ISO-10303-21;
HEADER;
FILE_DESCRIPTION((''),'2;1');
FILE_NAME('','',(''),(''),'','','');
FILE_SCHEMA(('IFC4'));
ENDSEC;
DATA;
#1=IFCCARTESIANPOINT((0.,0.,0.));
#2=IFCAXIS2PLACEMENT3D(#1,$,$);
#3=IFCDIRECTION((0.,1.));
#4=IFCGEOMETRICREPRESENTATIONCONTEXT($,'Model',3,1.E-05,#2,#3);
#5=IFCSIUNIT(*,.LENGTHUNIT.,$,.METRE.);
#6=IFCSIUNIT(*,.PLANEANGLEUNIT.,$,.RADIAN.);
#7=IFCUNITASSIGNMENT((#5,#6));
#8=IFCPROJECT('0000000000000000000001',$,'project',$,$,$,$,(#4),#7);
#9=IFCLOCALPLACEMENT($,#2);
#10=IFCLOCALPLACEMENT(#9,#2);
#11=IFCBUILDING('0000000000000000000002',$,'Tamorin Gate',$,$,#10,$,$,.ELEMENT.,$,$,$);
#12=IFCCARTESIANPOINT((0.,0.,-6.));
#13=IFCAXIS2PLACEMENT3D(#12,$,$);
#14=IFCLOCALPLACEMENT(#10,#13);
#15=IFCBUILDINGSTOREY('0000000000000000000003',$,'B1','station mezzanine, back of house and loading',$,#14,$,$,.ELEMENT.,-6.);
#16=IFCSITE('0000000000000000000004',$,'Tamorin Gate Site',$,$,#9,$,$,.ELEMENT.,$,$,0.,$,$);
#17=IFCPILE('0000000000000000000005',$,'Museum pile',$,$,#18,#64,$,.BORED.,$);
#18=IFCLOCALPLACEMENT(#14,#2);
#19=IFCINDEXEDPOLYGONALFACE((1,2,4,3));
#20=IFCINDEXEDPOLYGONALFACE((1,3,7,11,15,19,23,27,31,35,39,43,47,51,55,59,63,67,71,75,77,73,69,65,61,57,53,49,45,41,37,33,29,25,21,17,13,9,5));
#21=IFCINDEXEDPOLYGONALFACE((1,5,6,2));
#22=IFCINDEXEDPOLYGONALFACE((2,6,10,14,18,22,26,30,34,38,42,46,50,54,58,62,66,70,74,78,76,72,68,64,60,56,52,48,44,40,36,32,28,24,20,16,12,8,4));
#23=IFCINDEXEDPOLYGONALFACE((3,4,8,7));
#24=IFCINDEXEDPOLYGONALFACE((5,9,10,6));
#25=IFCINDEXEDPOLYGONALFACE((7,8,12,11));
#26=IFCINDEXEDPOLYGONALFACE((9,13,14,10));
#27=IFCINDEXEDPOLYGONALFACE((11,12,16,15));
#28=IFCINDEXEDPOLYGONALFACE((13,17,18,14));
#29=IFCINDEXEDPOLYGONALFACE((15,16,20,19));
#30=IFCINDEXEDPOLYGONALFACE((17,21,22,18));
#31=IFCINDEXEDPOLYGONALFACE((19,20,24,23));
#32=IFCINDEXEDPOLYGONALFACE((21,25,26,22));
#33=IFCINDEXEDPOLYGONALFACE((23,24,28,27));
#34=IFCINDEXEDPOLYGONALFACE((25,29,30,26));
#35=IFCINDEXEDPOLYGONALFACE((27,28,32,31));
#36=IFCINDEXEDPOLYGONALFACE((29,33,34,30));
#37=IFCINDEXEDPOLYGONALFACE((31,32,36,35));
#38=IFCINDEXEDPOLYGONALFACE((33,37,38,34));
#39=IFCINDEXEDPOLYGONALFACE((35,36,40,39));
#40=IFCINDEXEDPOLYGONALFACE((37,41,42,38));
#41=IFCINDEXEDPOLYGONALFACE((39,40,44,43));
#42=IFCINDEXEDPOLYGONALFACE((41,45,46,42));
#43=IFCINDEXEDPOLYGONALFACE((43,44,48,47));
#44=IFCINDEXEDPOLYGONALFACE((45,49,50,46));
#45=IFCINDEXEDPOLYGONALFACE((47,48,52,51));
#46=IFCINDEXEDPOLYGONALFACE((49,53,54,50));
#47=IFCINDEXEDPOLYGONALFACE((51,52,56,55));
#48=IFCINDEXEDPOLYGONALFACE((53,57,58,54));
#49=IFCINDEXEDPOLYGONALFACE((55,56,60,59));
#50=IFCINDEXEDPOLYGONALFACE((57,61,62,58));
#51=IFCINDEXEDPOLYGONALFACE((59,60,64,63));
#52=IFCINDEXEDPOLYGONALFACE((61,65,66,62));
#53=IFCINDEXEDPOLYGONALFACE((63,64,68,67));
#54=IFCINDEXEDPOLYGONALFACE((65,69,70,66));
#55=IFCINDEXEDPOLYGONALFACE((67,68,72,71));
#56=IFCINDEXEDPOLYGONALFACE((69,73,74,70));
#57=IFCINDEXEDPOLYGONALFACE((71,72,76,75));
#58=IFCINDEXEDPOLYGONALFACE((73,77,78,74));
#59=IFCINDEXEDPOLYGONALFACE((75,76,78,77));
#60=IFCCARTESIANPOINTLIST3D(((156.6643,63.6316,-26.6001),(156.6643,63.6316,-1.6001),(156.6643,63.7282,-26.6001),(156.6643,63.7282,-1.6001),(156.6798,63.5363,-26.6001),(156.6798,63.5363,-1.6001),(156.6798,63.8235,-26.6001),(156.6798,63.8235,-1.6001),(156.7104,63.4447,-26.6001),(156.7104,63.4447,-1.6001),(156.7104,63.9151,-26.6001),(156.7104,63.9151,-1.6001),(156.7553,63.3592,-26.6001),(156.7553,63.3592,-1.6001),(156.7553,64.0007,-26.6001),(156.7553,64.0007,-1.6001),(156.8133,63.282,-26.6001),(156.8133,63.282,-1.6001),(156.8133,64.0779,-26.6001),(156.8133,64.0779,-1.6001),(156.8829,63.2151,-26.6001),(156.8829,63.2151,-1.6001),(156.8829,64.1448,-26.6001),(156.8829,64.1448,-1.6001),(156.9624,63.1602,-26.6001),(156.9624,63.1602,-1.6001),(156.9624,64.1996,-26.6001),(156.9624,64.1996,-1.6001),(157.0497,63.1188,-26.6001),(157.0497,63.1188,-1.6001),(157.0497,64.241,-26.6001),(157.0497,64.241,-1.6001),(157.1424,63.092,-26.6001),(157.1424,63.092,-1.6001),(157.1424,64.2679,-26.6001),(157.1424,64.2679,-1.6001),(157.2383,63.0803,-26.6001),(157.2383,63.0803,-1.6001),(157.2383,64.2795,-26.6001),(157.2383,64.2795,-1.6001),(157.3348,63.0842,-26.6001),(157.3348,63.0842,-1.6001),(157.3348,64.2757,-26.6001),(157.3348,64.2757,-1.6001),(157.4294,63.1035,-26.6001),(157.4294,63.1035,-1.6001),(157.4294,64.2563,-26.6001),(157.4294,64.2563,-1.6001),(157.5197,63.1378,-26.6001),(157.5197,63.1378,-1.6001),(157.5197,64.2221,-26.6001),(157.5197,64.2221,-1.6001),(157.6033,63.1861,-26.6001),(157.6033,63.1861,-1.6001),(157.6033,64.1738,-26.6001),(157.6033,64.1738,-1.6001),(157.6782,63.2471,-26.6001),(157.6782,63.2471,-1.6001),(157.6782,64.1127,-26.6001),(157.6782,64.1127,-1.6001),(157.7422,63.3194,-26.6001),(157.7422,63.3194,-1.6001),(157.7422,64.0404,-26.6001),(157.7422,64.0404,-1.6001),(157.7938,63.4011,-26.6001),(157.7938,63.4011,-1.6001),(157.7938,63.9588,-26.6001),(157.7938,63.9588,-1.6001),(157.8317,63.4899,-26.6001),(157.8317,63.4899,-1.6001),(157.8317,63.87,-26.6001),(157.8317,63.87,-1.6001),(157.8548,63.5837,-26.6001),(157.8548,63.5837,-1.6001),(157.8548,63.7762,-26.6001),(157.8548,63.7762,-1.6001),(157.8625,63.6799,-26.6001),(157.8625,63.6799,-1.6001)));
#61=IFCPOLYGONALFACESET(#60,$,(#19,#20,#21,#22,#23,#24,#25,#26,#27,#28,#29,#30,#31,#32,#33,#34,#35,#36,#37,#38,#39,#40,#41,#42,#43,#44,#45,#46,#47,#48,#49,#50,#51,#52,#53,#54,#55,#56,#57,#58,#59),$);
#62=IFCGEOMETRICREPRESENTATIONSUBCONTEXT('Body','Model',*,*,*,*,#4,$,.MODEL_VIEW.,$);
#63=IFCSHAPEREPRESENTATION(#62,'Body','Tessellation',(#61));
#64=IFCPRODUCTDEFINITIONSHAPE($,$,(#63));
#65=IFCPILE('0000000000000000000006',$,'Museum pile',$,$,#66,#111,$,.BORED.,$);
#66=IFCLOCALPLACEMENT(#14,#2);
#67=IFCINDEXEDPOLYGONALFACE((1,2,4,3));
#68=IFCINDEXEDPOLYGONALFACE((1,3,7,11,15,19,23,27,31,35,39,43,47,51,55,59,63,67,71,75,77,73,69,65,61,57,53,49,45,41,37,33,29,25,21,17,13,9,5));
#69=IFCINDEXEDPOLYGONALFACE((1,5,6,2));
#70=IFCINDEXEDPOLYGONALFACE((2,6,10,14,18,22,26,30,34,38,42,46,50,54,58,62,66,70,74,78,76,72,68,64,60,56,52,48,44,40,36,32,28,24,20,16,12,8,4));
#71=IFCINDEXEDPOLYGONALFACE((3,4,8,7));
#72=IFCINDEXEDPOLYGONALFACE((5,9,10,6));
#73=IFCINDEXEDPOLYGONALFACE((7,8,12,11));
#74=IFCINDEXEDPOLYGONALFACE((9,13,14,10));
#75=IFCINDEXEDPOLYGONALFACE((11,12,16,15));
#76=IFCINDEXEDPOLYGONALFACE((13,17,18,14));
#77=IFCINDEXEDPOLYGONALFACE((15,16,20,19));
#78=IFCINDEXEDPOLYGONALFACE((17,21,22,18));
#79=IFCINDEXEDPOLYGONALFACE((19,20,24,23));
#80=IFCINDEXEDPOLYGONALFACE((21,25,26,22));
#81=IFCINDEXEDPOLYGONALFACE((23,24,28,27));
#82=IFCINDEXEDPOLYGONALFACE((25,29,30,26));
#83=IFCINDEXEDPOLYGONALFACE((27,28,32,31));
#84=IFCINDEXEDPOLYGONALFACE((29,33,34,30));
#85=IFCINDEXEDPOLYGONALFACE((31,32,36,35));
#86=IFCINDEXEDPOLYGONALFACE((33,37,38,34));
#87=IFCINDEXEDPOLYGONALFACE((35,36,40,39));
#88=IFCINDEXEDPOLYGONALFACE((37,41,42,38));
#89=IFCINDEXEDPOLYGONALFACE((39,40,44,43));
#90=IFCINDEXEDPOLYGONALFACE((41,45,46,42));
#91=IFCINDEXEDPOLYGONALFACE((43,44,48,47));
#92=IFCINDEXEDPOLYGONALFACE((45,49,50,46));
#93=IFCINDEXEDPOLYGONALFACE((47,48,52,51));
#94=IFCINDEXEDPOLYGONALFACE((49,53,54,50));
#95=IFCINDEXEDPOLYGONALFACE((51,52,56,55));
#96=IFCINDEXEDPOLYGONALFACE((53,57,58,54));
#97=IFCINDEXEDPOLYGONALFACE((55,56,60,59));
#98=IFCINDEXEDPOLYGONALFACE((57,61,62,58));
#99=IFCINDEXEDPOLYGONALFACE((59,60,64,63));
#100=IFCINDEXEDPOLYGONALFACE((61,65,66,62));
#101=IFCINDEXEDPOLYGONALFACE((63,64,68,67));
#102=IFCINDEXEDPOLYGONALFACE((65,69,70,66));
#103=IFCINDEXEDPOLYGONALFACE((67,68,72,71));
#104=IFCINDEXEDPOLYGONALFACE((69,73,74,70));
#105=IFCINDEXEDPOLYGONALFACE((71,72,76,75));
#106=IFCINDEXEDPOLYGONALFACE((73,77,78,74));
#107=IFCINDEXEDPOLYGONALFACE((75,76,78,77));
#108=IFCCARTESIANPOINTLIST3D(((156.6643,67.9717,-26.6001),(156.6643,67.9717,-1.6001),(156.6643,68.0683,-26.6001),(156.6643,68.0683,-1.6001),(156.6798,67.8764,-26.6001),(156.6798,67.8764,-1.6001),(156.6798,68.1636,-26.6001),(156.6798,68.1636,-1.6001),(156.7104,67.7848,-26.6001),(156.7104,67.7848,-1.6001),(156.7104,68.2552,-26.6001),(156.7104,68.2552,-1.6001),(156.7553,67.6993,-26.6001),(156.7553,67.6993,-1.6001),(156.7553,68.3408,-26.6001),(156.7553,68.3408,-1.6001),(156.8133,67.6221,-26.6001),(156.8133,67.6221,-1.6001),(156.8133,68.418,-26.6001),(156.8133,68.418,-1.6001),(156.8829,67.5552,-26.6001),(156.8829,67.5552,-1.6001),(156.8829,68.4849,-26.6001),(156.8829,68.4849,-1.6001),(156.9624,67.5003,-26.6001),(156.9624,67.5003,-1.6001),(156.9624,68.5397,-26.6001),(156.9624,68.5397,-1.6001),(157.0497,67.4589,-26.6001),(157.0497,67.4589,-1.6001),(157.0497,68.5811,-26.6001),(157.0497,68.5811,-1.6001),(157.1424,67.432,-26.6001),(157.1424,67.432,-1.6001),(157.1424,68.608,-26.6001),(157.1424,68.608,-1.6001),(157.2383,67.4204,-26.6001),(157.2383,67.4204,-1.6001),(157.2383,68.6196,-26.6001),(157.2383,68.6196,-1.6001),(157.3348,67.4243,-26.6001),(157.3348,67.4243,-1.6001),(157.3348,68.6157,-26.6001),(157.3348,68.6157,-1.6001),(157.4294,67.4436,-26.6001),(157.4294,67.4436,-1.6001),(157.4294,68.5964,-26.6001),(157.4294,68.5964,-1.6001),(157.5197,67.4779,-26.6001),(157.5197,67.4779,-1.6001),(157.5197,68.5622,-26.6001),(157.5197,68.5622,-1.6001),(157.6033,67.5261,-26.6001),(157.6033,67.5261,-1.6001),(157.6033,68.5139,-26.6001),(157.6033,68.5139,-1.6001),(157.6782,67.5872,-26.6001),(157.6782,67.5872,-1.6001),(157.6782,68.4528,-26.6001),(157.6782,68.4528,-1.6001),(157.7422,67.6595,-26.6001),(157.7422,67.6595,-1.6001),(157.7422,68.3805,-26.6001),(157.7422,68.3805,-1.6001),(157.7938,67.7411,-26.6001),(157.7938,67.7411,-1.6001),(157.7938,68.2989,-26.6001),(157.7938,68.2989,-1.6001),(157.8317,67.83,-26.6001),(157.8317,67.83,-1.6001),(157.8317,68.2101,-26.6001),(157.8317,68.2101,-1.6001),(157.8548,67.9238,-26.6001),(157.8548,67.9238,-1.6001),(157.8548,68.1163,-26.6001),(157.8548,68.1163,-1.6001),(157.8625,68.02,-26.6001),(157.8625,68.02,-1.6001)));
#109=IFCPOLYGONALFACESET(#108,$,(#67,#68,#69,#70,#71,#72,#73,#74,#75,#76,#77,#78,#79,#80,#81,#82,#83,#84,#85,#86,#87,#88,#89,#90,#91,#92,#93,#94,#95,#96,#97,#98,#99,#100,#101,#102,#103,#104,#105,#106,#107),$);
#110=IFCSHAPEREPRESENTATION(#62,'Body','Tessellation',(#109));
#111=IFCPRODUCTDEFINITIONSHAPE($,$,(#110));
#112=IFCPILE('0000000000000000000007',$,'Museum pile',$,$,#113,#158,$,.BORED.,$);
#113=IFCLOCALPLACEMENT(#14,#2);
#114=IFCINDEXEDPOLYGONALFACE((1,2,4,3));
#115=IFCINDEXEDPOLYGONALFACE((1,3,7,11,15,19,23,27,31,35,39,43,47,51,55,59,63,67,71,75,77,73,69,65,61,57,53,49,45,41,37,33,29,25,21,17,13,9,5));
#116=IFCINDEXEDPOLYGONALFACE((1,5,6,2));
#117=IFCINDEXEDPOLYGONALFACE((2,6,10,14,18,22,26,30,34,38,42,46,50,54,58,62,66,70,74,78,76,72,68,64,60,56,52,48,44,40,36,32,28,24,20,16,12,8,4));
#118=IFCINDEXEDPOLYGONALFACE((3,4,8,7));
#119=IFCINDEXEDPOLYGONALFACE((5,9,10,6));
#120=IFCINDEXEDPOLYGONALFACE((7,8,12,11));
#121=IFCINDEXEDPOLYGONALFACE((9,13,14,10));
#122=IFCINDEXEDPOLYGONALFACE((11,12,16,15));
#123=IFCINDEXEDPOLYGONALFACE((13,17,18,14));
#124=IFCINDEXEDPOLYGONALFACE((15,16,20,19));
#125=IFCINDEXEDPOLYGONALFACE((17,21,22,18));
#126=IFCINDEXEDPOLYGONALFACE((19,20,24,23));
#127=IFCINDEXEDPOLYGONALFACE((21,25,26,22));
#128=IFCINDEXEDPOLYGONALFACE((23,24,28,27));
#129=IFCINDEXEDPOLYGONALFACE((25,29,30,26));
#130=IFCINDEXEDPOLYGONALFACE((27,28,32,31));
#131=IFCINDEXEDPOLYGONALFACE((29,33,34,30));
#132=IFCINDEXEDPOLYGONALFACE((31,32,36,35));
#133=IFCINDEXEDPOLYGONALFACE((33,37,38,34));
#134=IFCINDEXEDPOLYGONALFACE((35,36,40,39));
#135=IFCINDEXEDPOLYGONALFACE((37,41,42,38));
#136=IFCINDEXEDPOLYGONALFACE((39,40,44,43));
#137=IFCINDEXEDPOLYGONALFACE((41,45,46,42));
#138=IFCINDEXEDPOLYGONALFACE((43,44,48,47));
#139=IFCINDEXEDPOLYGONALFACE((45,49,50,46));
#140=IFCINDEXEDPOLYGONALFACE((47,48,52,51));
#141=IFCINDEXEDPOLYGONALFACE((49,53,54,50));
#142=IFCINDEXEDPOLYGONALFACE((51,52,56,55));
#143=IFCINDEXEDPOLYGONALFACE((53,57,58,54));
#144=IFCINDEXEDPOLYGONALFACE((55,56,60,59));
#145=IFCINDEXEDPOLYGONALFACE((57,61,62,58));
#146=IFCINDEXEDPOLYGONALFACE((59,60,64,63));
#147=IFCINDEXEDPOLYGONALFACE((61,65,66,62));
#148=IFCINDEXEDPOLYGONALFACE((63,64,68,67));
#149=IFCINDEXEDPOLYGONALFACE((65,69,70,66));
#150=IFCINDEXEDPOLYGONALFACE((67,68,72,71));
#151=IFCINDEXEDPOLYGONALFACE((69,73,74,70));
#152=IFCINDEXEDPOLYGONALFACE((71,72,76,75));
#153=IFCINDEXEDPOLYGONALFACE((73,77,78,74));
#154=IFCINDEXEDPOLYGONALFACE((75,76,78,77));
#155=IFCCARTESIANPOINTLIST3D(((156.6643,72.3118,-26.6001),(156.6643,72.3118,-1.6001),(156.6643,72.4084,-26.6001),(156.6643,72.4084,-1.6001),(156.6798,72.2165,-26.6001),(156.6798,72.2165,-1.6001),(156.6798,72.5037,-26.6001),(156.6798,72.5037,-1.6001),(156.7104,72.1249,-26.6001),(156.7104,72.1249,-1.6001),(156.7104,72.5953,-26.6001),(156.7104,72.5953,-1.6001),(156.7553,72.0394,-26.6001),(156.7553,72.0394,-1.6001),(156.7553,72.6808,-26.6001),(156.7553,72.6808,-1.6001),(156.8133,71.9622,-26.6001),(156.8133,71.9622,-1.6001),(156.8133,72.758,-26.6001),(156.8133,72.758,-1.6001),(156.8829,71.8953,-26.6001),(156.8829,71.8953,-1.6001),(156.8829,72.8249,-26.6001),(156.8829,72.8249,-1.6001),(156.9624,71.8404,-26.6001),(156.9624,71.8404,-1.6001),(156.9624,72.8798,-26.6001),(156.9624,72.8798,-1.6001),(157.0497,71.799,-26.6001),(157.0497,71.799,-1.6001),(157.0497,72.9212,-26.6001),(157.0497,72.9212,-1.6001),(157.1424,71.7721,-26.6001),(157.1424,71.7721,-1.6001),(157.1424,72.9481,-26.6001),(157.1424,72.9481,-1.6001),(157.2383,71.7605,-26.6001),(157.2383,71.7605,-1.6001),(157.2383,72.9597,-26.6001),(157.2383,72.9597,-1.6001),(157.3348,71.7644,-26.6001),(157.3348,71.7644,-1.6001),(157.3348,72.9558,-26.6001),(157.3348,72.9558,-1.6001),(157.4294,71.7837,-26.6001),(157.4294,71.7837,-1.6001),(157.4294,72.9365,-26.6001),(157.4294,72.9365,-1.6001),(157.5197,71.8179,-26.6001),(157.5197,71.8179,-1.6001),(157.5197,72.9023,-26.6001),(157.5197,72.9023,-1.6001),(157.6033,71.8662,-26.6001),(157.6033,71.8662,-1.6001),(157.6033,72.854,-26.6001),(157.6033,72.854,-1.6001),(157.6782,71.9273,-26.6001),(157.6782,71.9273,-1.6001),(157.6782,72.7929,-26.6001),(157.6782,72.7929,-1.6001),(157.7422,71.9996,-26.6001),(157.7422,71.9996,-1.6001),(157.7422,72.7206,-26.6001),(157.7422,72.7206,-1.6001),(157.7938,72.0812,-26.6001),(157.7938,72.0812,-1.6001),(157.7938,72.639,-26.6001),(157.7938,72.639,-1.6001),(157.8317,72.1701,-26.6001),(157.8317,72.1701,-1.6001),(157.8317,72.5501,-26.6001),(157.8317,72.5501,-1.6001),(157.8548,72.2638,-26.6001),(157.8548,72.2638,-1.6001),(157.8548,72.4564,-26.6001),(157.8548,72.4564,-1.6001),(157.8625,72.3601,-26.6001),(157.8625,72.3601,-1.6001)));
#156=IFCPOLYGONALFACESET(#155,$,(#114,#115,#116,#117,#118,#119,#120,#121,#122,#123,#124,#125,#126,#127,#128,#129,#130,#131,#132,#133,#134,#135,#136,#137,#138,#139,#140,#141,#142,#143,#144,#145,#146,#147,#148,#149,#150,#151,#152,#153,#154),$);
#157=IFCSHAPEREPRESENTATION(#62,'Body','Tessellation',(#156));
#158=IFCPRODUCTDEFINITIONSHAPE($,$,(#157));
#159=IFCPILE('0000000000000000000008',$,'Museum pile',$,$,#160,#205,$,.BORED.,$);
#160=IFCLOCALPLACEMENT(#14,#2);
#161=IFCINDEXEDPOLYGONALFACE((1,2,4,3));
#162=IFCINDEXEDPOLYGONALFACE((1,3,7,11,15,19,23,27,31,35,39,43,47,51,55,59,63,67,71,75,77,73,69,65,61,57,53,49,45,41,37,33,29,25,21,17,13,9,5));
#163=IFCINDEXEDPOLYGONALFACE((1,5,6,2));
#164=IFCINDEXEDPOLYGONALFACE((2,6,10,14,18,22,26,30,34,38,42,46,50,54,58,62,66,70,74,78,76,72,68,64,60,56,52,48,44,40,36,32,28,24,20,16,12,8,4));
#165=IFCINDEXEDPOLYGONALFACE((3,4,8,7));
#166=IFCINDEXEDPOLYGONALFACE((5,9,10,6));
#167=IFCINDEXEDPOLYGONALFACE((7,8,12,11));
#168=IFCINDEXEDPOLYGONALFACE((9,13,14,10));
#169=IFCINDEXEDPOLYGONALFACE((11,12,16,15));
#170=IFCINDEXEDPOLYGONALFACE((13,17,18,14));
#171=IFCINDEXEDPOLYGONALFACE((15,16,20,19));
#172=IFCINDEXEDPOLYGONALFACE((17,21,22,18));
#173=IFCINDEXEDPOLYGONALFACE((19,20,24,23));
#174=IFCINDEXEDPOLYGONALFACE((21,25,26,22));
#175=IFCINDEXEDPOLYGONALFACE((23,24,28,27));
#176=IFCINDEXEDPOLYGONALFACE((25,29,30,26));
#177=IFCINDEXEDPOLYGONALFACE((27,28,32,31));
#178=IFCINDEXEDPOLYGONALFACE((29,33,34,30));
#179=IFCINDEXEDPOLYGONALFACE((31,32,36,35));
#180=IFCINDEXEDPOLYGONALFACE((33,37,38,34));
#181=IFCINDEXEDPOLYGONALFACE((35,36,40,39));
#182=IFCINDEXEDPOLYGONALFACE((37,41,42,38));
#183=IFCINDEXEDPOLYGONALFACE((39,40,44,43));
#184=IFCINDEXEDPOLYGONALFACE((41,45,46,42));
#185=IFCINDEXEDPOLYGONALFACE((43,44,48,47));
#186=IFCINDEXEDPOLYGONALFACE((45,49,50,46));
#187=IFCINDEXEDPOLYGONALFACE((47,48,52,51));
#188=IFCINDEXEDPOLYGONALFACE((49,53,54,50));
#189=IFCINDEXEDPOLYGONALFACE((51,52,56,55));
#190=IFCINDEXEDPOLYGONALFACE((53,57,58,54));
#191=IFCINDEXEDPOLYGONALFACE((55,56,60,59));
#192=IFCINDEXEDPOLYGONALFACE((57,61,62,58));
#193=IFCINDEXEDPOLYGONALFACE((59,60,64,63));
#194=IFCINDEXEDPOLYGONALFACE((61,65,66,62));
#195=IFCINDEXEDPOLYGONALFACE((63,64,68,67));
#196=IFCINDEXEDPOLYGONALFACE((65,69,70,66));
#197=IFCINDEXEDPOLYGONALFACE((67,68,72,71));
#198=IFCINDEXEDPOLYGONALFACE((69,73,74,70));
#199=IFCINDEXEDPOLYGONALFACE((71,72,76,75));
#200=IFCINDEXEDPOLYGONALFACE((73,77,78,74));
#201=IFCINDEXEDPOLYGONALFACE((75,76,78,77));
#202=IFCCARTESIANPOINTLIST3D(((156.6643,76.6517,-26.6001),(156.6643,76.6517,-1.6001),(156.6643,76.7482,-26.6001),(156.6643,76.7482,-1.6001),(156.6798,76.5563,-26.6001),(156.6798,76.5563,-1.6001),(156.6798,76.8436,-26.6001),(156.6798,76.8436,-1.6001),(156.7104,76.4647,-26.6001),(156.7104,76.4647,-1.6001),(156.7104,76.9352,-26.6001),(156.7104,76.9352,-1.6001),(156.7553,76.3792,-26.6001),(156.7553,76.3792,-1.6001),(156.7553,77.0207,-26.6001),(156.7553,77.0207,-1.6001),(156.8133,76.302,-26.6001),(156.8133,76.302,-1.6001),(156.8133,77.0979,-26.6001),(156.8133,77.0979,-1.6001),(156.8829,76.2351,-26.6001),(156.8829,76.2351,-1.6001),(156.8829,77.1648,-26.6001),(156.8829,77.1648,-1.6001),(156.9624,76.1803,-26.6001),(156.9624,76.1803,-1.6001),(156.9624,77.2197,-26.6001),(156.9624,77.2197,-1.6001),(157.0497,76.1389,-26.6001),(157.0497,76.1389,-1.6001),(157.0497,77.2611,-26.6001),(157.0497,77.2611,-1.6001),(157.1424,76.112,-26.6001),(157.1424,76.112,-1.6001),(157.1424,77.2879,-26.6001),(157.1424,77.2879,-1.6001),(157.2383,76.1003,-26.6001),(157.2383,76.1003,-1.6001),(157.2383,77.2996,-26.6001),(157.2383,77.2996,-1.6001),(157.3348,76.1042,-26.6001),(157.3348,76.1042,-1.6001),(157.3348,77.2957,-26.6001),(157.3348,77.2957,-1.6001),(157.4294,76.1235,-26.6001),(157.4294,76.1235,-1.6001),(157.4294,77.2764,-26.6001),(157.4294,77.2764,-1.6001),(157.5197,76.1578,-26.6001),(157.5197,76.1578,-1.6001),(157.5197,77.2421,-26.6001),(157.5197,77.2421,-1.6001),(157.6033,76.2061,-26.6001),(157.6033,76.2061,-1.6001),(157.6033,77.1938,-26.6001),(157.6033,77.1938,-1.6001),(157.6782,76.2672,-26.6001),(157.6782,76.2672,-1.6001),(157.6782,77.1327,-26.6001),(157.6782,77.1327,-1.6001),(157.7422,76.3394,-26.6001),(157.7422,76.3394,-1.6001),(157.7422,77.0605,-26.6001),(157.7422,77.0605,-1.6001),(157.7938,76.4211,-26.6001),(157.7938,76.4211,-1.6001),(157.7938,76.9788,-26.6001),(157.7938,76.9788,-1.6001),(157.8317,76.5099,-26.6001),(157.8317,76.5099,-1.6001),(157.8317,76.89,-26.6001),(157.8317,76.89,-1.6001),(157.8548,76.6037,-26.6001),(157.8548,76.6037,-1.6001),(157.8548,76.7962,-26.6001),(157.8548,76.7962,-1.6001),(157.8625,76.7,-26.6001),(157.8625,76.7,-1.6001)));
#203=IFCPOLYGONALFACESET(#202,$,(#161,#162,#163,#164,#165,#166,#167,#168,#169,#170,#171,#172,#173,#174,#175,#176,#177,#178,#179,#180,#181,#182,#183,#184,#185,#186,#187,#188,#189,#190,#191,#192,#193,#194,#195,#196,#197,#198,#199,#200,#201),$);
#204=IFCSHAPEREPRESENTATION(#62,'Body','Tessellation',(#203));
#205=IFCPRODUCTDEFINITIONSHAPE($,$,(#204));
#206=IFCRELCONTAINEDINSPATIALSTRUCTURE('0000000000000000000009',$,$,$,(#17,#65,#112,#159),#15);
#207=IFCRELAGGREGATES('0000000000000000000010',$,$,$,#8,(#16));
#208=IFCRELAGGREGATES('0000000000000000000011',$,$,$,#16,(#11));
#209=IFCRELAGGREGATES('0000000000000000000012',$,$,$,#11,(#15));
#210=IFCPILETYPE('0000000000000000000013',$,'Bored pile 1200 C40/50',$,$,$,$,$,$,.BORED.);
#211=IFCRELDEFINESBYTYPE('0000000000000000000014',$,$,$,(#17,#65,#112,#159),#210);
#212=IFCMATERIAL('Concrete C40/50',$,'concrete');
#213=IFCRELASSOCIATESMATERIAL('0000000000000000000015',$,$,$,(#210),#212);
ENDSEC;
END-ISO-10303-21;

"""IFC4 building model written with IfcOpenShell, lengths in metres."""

from ifc_helpers import new_model, si_unit, direction, frame, origin, origin_2d, place, context, subcontext, project, spatial, circle, extrude, material, material_profile, profile_set, type_object, element, save


model = new_model("IFC4")

# Units and contexts
model_context = context("Model", 3, precision=1e-05, world=origin(), true_north=direction((0.0, 1.0)))
body_context = subcontext(model_context, "Body", "Model", "MODEL_VIEW")
ifc_project = project(units=[si_unit("LENGTHUNIT", "METRE"), si_unit("PLANEANGLEUNIT", "RADIAN")], contexts=[model_context])

# Site, building, storey
site_placement = place(None, origin())
site = spatial("IfcSite", under=ifc_project, at=site_placement, Name="Tamorin Gate Site", CompositionType="ELEMENT", RefElevation=0.0)
building_placement = place(site_placement, origin())
building = spatial("IfcBuilding", under=site, at=building_placement, Name="Tamorin Gate", CompositionType="ELEMENT")
storey_placement = place(building_placement, frame((0.0, 0.0, -6.0)))
storey = spatial("IfcBuildingStorey", under=building, at=storey_placement, Name="B1", Description="station mezzanine, back of house and loading", CompositionType="ELEMENT", Elevation=-6.0)

# Piles
ifc_material_1 = material(Name="Concrete C40/50", Category="concrete")
ifc_material_profile_1 = material_profile(ifc_material_1, circle(Radius=0.6001, at=origin_2d()))
ifc_profile_set_1 = profile_set([ifc_material_profile_1], Name="Concrete C40/50")
pile_type = type_object("IfcPileType", Name="Bored pile 1200 C40/50", PredefinedType="BORED", material=ifc_profile_set_1)
for number, where, z_axis, x_axis, name in (
    (1, (157.2625, 63.6799, -1.6001), (0.0, 0.0, -1.0), (1.0, 0.0, 0.0), "Museum pile"),
    (2, (157.2625, 68.02, -1.6001), (0.0, 0.0, -1.0), (1.0, 0.0, 0.0), "Museum pile"),
    (3, (157.2625, 72.3601, -1.6001), (0.0, 0.0, -1.0), (1.0, 0.0, 0.0), "Museum pile"),
    (4, (157.2625, 76.7, -1.6001), (0.0, 0.0, -1.0), (1.0, 0.0, 0.0), "Museum pile"),
):
    element("IfcPile", number, at=place(storey_placement, frame(where, z_axis=z_axis, x_axis=x_axis)), inside=storey, type_object=pile_type, Name=name, PredefinedType="BORED", context=body_context, shape_type="SweptSolid", body=[
        extrude(circle(Radius=0.6001, at=origin_2d()), origin(), (0.0, 0.0, 1.0), 25.0),
    ])

save(model, "model.ifc")
